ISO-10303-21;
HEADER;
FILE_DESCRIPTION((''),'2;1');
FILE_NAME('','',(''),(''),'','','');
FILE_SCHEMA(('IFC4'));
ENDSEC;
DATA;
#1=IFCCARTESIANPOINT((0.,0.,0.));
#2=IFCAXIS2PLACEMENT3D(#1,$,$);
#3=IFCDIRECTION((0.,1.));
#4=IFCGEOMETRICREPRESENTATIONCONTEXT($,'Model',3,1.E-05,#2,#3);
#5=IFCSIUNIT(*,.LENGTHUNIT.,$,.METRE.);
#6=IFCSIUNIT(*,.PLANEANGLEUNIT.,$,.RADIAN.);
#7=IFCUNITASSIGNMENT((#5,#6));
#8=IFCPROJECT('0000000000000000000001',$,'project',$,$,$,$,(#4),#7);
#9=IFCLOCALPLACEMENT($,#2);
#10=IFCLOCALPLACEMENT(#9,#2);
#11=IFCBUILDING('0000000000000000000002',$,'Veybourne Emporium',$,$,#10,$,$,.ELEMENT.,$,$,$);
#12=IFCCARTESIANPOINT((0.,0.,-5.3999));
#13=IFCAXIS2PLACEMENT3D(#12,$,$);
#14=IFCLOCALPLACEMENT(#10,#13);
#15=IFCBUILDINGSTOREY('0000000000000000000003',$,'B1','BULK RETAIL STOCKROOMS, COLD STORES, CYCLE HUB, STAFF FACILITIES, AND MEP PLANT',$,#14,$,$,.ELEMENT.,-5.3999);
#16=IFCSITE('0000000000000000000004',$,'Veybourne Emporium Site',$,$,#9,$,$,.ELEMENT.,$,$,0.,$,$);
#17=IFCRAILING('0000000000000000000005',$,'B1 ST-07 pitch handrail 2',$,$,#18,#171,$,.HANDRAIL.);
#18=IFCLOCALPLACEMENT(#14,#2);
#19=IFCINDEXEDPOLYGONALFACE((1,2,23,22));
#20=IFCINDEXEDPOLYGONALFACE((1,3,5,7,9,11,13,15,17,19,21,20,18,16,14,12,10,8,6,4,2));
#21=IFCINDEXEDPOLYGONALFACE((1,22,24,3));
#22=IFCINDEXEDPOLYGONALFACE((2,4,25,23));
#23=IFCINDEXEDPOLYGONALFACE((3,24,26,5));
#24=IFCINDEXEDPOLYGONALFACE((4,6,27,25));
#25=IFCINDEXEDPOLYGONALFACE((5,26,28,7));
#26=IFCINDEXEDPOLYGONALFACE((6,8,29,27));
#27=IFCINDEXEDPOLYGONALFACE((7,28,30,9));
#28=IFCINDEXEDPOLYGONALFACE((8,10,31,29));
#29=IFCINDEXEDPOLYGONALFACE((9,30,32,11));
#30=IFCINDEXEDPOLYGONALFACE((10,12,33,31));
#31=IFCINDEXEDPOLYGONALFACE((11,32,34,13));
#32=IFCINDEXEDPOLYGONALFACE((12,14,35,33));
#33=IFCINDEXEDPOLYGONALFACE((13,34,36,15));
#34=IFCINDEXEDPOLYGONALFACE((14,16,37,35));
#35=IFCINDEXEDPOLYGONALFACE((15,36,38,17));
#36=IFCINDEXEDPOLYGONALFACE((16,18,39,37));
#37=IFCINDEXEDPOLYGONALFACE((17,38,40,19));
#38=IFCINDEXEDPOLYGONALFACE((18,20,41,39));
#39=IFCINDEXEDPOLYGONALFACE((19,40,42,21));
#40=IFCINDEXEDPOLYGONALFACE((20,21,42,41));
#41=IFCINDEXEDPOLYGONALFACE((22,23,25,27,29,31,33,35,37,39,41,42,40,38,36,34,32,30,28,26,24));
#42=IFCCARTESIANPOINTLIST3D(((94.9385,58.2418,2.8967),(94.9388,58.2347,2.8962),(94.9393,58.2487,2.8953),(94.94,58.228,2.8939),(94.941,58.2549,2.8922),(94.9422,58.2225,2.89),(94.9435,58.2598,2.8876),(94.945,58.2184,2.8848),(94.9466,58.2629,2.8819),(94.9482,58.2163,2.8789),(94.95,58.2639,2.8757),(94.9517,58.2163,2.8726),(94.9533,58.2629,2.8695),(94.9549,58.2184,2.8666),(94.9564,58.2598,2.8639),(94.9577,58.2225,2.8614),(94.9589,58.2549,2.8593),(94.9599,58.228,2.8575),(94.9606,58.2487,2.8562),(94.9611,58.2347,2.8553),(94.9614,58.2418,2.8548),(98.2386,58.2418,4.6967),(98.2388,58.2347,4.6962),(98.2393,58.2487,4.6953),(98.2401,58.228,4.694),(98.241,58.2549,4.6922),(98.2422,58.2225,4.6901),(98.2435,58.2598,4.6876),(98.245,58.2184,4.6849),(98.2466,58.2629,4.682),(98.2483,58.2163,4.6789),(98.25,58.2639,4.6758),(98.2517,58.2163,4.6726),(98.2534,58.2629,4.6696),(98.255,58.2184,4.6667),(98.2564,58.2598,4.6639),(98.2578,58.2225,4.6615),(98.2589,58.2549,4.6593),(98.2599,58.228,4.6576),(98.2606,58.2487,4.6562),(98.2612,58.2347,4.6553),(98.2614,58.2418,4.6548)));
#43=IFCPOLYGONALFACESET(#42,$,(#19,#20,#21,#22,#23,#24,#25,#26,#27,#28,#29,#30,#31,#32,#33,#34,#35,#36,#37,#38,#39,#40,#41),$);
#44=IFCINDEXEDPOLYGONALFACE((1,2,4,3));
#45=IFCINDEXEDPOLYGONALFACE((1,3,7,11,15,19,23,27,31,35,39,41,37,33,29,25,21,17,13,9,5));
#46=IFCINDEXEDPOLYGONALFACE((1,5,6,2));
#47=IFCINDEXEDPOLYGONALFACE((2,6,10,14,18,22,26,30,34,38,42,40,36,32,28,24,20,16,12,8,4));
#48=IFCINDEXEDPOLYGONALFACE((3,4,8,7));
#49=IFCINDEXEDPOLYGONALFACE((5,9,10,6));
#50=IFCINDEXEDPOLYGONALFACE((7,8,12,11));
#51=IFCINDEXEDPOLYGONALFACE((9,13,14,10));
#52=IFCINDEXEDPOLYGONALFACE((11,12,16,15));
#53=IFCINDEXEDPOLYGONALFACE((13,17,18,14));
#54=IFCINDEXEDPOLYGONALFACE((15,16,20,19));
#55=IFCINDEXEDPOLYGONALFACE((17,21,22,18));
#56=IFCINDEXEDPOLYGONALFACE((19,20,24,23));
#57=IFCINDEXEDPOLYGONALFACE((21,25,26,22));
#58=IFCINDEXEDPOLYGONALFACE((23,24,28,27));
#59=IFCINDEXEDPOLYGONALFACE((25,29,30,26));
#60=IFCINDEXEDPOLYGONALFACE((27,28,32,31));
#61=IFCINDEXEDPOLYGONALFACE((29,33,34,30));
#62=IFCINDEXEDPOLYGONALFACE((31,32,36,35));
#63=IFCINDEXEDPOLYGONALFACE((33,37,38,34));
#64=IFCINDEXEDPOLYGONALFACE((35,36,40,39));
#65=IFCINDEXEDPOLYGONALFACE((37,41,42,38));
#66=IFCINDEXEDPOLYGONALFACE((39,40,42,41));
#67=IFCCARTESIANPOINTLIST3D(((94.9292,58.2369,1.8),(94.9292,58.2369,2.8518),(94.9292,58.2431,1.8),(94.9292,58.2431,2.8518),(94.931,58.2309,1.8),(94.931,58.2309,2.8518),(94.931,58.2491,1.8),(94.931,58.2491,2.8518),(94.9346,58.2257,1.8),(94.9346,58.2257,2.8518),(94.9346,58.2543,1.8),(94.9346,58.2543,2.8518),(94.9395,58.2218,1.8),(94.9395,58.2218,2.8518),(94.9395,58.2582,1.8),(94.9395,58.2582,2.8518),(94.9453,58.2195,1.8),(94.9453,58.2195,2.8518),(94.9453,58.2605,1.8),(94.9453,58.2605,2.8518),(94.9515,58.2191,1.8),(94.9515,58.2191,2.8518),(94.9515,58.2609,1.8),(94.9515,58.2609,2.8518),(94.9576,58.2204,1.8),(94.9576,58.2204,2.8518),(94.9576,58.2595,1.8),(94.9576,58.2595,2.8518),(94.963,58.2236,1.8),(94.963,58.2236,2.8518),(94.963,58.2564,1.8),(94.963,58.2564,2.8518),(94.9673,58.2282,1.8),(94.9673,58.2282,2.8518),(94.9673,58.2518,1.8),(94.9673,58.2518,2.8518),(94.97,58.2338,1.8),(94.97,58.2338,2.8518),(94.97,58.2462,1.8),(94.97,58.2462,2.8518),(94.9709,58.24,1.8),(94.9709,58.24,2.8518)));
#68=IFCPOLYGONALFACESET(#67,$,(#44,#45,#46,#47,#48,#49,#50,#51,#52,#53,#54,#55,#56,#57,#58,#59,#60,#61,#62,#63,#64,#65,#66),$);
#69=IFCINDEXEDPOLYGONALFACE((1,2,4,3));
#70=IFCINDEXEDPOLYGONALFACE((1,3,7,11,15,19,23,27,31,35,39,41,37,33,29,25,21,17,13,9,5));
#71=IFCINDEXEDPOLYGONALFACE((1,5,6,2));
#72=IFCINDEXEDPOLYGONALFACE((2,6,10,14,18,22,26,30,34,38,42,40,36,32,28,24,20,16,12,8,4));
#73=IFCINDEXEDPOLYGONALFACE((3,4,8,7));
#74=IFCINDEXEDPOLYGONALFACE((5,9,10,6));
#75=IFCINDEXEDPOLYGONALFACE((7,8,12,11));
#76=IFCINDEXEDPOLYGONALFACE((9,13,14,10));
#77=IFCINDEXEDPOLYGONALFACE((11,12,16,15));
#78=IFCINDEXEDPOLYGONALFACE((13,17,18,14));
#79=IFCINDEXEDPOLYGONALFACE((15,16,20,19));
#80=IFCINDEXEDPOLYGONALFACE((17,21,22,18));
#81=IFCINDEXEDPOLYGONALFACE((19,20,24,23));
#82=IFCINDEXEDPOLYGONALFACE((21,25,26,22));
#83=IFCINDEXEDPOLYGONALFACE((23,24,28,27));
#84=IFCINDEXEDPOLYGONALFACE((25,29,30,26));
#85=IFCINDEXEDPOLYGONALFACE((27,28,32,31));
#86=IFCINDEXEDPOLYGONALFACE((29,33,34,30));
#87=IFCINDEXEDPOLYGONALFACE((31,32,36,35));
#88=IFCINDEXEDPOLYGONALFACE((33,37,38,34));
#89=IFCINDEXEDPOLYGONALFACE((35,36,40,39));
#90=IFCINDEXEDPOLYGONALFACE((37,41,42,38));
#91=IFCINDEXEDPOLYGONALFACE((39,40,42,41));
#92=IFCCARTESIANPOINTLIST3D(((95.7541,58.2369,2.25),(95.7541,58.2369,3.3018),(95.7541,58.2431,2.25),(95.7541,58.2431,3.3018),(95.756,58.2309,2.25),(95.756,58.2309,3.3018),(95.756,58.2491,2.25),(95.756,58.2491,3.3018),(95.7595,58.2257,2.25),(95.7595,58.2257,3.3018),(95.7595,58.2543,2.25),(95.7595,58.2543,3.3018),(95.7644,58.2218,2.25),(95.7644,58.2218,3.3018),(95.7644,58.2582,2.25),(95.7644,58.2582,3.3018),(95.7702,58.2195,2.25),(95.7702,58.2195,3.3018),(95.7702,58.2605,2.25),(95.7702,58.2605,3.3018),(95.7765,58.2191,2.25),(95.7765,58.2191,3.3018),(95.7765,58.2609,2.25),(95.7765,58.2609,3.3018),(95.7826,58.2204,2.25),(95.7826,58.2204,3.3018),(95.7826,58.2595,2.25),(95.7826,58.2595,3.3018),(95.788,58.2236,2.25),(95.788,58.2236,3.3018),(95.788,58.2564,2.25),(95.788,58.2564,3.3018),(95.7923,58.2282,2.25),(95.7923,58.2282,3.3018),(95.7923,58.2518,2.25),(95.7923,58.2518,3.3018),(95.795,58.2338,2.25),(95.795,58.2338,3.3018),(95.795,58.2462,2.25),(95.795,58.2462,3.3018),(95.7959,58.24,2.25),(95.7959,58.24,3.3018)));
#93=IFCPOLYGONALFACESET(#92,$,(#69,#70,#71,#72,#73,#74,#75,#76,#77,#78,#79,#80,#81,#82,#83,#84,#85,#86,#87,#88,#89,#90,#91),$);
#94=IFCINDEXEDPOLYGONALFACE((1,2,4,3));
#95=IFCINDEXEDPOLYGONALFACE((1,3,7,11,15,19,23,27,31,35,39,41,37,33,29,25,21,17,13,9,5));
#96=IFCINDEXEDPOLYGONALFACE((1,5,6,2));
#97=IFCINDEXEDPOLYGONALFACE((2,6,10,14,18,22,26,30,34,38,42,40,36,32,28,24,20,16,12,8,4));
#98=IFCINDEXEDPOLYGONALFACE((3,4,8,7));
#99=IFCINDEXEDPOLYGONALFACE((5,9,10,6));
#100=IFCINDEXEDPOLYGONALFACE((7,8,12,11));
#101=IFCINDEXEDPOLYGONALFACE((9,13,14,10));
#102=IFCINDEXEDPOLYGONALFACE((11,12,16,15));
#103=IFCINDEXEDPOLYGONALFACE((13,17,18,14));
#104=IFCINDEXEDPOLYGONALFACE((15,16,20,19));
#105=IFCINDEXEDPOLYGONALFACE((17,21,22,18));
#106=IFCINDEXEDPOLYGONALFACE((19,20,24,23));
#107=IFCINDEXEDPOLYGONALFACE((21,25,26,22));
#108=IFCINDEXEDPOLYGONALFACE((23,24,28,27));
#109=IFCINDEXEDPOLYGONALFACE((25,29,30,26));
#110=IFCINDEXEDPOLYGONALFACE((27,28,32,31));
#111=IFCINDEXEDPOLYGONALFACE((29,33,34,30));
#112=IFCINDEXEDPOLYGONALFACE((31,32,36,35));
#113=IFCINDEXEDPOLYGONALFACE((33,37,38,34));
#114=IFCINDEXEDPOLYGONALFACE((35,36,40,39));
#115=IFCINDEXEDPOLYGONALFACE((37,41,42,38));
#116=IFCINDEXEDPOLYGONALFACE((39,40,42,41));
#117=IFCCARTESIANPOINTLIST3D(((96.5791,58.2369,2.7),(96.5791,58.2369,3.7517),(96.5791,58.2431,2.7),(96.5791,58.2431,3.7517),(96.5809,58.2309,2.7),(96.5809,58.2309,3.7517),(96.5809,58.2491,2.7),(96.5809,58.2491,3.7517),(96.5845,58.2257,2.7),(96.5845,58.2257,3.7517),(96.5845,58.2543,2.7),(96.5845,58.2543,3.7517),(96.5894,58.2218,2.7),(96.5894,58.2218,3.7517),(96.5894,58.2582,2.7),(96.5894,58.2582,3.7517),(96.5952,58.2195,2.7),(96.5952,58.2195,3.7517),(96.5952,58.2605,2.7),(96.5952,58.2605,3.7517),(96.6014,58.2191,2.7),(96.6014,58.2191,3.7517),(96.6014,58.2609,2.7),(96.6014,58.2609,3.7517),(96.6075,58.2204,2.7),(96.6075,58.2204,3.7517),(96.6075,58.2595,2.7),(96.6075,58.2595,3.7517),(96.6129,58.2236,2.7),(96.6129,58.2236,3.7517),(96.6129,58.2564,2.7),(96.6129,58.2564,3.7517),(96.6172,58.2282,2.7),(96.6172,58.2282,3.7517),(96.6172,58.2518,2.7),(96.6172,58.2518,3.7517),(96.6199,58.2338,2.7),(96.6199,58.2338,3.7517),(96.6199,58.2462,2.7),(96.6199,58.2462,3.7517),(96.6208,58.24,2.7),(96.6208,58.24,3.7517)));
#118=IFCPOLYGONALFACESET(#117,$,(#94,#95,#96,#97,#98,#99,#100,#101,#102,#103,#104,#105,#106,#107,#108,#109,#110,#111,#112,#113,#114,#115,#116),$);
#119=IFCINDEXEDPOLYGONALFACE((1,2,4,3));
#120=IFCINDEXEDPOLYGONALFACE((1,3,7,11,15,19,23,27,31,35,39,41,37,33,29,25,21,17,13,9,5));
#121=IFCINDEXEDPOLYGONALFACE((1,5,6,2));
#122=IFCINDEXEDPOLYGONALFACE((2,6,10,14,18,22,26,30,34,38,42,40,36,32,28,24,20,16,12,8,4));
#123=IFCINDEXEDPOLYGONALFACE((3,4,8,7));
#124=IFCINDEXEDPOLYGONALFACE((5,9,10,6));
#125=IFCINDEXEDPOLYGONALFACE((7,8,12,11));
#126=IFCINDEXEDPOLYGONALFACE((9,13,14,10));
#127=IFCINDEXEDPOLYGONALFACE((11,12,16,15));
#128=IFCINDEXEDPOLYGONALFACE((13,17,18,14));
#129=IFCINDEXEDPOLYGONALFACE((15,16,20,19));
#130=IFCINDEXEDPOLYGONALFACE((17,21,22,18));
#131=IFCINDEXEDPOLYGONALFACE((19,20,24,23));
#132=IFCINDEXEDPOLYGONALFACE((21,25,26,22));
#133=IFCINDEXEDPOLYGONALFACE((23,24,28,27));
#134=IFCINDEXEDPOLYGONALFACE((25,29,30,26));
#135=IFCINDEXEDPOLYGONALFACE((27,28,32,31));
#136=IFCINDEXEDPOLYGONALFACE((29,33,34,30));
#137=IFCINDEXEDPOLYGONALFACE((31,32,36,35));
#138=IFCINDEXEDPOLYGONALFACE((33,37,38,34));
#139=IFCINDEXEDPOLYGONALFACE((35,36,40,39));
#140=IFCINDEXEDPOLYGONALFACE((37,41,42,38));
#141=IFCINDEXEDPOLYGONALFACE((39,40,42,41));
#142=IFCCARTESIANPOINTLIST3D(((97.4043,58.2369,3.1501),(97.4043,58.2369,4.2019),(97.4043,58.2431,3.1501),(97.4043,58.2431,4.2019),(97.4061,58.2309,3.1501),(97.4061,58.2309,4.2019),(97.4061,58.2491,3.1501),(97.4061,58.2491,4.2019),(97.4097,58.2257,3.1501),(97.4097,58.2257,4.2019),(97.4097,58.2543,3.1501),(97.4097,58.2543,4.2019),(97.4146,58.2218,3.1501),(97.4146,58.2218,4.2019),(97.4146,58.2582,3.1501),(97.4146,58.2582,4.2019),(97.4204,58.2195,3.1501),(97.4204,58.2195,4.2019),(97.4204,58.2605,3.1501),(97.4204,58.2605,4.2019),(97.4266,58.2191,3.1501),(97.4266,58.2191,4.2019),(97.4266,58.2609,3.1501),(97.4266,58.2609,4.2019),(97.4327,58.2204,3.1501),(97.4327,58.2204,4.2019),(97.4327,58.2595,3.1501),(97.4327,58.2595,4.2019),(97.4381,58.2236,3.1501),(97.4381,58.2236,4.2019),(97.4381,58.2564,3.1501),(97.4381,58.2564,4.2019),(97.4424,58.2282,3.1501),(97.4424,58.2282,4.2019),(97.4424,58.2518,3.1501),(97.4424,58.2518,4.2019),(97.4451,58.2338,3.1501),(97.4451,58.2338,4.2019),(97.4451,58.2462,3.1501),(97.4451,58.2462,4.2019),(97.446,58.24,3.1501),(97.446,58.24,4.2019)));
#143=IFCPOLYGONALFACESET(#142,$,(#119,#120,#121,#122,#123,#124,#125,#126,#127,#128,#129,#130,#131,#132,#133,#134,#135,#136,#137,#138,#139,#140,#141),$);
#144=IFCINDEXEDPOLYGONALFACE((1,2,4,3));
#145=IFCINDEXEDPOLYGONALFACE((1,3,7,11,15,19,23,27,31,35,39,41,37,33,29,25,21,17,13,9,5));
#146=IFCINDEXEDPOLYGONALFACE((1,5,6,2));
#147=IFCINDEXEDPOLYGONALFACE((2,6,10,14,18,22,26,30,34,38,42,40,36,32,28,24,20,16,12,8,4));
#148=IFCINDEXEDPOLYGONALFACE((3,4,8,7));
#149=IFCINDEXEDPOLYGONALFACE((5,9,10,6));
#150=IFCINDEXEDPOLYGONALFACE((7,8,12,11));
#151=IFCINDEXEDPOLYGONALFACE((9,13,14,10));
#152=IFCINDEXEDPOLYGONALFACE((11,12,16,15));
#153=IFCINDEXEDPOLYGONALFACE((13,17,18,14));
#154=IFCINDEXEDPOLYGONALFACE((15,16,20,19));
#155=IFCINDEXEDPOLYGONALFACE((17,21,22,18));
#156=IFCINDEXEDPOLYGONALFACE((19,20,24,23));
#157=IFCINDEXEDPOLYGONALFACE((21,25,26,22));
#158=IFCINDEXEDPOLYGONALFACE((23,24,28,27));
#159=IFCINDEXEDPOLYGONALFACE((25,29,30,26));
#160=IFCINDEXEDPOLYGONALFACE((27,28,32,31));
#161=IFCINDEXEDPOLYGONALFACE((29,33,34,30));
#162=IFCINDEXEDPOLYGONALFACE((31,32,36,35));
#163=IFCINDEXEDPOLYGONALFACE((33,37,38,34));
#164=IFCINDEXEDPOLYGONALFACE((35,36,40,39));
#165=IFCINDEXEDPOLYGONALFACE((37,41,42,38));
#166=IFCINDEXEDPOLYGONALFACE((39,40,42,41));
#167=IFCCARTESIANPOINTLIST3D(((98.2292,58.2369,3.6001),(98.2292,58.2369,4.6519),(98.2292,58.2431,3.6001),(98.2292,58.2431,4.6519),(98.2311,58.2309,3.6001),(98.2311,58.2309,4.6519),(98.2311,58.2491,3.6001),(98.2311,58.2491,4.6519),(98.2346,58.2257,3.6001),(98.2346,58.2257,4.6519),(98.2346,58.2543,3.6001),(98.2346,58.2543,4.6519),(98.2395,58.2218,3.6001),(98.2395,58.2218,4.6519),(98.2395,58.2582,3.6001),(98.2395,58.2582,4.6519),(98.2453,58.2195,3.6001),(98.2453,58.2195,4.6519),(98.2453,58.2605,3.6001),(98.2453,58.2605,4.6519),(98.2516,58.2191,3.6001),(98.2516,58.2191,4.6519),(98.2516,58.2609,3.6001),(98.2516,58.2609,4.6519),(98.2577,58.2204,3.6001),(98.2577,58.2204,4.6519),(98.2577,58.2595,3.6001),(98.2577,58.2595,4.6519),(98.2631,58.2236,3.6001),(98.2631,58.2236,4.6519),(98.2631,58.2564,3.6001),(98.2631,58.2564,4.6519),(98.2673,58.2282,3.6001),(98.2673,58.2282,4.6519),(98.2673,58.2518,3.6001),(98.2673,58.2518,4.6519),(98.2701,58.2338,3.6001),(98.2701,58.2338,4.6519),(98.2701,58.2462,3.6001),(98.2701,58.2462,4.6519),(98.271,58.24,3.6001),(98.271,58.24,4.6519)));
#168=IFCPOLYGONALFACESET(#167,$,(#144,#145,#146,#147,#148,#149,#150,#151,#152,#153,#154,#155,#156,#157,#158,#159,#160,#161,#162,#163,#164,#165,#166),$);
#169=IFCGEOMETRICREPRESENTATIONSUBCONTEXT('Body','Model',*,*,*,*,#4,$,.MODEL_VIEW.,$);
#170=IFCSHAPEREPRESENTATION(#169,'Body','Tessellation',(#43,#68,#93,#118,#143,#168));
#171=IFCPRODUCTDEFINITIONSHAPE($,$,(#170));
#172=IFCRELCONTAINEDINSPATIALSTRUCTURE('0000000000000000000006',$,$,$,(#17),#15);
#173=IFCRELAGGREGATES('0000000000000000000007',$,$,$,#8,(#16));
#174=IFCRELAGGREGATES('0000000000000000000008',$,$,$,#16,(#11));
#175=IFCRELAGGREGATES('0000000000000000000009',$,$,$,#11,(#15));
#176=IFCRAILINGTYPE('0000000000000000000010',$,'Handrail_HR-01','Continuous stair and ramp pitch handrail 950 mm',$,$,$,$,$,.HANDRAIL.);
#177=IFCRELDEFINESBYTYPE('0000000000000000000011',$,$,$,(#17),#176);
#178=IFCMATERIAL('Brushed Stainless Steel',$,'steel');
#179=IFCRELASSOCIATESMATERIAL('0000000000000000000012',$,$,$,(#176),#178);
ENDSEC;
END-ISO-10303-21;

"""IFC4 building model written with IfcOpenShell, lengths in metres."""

from ifc_helpers import new_model, si_unit, direction, frame, origin, origin_2d, place, context, subcontext, project, spatial, circle, extrude, material, type_object, element, save


model = new_model("IFC4")

# Units and contexts
model_context = context("Model", 3, precision=1e-05, world=origin(), true_north=direction((0.0, 1.0)))
body_context = subcontext(model_context, "Body", "Model", "MODEL_VIEW")
ifc_project = project(units=[si_unit("LENGTHUNIT", "METRE"), si_unit("PLANEANGLEUNIT", "RADIAN")], contexts=[model_context])

# Site, building, storey
site_placement = place(None, origin())
site = spatial("IfcSite", under=ifc_project, at=site_placement, Name="Veybourne Emporium Site", CompositionType="ELEMENT", RefElevation=0.0)
building_placement = place(site_placement, origin())
building = spatial("IfcBuilding", under=site, at=building_placement, Name="Veybourne Emporium", CompositionType="ELEMENT")
storey_placement = place(building_placement, frame((0.0, 0.0, -5.3999)))
storey = spatial("IfcBuildingStorey", under=building, at=storey_placement, Name="B1", Description="BULK RETAIL STOCKROOMS, COLD STORES, CYCLE HUB, STAFF FACILITIES, AND MEP PLANT", CompositionType="ELEMENT", Elevation=-5.3999)

# Railing
ifc_material_1 = material(Name="Brushed Stainless Steel", Category="steel")
railing_type = type_object("IfcRailingType", Name="Handrail_HR-01", Description="Continuous stair and ramp pitch handrail 950 mm", PredefinedType="HANDRAIL", material=ifc_material_1)
railing_placement = place(storey_placement, frame((94.95, 58.24, 1.95)))
element("IfcRailing", 1, at=railing_placement, inside=storey, type_object=railing_type, Name="B1 ST-07 pitch handrail 2", PredefinedType="HANDRAIL", context=body_context, shape_type="SweptSolid", body=[
    extrude(circle(Radius=0.0239, at=origin_2d()), frame((0.0, 0.0, 0.9258), z_axis=(0.877893, 0.0, 0.478857), x_axis=(0.0, 1.0, 0.0)), (0.0, 0.0, 1.0), 3.759),
    extrude(circle(Radius=0.021, at=origin_2d()), frame((0.0, 0.0, -0.1499)), (0.0, 0.0, 1.0), 1.0518),
    extrude(circle(Radius=0.021, at=origin_2d()), frame((0.825, 0.0, 0.3)), (0.0, 0.0, 1.0), 1.0518),
    extrude(circle(Radius=0.021, at=origin_2d()), frame((1.6499, 0.0, 0.75)), (0.0, 0.0, 1.0), 1.0518),
    extrude(circle(Radius=0.021, at=origin_2d()), frame((2.4751, 0.0, 1.2002)), (0.0, 0.0, 1.0), 1.0518),
    extrude(circle(Radius=0.021, at=origin_2d()), frame((3.3, 0.0, 1.6501)), (0.0, 0.0, 1.0), 1.0518),
])

save(model, "model.ifc")
